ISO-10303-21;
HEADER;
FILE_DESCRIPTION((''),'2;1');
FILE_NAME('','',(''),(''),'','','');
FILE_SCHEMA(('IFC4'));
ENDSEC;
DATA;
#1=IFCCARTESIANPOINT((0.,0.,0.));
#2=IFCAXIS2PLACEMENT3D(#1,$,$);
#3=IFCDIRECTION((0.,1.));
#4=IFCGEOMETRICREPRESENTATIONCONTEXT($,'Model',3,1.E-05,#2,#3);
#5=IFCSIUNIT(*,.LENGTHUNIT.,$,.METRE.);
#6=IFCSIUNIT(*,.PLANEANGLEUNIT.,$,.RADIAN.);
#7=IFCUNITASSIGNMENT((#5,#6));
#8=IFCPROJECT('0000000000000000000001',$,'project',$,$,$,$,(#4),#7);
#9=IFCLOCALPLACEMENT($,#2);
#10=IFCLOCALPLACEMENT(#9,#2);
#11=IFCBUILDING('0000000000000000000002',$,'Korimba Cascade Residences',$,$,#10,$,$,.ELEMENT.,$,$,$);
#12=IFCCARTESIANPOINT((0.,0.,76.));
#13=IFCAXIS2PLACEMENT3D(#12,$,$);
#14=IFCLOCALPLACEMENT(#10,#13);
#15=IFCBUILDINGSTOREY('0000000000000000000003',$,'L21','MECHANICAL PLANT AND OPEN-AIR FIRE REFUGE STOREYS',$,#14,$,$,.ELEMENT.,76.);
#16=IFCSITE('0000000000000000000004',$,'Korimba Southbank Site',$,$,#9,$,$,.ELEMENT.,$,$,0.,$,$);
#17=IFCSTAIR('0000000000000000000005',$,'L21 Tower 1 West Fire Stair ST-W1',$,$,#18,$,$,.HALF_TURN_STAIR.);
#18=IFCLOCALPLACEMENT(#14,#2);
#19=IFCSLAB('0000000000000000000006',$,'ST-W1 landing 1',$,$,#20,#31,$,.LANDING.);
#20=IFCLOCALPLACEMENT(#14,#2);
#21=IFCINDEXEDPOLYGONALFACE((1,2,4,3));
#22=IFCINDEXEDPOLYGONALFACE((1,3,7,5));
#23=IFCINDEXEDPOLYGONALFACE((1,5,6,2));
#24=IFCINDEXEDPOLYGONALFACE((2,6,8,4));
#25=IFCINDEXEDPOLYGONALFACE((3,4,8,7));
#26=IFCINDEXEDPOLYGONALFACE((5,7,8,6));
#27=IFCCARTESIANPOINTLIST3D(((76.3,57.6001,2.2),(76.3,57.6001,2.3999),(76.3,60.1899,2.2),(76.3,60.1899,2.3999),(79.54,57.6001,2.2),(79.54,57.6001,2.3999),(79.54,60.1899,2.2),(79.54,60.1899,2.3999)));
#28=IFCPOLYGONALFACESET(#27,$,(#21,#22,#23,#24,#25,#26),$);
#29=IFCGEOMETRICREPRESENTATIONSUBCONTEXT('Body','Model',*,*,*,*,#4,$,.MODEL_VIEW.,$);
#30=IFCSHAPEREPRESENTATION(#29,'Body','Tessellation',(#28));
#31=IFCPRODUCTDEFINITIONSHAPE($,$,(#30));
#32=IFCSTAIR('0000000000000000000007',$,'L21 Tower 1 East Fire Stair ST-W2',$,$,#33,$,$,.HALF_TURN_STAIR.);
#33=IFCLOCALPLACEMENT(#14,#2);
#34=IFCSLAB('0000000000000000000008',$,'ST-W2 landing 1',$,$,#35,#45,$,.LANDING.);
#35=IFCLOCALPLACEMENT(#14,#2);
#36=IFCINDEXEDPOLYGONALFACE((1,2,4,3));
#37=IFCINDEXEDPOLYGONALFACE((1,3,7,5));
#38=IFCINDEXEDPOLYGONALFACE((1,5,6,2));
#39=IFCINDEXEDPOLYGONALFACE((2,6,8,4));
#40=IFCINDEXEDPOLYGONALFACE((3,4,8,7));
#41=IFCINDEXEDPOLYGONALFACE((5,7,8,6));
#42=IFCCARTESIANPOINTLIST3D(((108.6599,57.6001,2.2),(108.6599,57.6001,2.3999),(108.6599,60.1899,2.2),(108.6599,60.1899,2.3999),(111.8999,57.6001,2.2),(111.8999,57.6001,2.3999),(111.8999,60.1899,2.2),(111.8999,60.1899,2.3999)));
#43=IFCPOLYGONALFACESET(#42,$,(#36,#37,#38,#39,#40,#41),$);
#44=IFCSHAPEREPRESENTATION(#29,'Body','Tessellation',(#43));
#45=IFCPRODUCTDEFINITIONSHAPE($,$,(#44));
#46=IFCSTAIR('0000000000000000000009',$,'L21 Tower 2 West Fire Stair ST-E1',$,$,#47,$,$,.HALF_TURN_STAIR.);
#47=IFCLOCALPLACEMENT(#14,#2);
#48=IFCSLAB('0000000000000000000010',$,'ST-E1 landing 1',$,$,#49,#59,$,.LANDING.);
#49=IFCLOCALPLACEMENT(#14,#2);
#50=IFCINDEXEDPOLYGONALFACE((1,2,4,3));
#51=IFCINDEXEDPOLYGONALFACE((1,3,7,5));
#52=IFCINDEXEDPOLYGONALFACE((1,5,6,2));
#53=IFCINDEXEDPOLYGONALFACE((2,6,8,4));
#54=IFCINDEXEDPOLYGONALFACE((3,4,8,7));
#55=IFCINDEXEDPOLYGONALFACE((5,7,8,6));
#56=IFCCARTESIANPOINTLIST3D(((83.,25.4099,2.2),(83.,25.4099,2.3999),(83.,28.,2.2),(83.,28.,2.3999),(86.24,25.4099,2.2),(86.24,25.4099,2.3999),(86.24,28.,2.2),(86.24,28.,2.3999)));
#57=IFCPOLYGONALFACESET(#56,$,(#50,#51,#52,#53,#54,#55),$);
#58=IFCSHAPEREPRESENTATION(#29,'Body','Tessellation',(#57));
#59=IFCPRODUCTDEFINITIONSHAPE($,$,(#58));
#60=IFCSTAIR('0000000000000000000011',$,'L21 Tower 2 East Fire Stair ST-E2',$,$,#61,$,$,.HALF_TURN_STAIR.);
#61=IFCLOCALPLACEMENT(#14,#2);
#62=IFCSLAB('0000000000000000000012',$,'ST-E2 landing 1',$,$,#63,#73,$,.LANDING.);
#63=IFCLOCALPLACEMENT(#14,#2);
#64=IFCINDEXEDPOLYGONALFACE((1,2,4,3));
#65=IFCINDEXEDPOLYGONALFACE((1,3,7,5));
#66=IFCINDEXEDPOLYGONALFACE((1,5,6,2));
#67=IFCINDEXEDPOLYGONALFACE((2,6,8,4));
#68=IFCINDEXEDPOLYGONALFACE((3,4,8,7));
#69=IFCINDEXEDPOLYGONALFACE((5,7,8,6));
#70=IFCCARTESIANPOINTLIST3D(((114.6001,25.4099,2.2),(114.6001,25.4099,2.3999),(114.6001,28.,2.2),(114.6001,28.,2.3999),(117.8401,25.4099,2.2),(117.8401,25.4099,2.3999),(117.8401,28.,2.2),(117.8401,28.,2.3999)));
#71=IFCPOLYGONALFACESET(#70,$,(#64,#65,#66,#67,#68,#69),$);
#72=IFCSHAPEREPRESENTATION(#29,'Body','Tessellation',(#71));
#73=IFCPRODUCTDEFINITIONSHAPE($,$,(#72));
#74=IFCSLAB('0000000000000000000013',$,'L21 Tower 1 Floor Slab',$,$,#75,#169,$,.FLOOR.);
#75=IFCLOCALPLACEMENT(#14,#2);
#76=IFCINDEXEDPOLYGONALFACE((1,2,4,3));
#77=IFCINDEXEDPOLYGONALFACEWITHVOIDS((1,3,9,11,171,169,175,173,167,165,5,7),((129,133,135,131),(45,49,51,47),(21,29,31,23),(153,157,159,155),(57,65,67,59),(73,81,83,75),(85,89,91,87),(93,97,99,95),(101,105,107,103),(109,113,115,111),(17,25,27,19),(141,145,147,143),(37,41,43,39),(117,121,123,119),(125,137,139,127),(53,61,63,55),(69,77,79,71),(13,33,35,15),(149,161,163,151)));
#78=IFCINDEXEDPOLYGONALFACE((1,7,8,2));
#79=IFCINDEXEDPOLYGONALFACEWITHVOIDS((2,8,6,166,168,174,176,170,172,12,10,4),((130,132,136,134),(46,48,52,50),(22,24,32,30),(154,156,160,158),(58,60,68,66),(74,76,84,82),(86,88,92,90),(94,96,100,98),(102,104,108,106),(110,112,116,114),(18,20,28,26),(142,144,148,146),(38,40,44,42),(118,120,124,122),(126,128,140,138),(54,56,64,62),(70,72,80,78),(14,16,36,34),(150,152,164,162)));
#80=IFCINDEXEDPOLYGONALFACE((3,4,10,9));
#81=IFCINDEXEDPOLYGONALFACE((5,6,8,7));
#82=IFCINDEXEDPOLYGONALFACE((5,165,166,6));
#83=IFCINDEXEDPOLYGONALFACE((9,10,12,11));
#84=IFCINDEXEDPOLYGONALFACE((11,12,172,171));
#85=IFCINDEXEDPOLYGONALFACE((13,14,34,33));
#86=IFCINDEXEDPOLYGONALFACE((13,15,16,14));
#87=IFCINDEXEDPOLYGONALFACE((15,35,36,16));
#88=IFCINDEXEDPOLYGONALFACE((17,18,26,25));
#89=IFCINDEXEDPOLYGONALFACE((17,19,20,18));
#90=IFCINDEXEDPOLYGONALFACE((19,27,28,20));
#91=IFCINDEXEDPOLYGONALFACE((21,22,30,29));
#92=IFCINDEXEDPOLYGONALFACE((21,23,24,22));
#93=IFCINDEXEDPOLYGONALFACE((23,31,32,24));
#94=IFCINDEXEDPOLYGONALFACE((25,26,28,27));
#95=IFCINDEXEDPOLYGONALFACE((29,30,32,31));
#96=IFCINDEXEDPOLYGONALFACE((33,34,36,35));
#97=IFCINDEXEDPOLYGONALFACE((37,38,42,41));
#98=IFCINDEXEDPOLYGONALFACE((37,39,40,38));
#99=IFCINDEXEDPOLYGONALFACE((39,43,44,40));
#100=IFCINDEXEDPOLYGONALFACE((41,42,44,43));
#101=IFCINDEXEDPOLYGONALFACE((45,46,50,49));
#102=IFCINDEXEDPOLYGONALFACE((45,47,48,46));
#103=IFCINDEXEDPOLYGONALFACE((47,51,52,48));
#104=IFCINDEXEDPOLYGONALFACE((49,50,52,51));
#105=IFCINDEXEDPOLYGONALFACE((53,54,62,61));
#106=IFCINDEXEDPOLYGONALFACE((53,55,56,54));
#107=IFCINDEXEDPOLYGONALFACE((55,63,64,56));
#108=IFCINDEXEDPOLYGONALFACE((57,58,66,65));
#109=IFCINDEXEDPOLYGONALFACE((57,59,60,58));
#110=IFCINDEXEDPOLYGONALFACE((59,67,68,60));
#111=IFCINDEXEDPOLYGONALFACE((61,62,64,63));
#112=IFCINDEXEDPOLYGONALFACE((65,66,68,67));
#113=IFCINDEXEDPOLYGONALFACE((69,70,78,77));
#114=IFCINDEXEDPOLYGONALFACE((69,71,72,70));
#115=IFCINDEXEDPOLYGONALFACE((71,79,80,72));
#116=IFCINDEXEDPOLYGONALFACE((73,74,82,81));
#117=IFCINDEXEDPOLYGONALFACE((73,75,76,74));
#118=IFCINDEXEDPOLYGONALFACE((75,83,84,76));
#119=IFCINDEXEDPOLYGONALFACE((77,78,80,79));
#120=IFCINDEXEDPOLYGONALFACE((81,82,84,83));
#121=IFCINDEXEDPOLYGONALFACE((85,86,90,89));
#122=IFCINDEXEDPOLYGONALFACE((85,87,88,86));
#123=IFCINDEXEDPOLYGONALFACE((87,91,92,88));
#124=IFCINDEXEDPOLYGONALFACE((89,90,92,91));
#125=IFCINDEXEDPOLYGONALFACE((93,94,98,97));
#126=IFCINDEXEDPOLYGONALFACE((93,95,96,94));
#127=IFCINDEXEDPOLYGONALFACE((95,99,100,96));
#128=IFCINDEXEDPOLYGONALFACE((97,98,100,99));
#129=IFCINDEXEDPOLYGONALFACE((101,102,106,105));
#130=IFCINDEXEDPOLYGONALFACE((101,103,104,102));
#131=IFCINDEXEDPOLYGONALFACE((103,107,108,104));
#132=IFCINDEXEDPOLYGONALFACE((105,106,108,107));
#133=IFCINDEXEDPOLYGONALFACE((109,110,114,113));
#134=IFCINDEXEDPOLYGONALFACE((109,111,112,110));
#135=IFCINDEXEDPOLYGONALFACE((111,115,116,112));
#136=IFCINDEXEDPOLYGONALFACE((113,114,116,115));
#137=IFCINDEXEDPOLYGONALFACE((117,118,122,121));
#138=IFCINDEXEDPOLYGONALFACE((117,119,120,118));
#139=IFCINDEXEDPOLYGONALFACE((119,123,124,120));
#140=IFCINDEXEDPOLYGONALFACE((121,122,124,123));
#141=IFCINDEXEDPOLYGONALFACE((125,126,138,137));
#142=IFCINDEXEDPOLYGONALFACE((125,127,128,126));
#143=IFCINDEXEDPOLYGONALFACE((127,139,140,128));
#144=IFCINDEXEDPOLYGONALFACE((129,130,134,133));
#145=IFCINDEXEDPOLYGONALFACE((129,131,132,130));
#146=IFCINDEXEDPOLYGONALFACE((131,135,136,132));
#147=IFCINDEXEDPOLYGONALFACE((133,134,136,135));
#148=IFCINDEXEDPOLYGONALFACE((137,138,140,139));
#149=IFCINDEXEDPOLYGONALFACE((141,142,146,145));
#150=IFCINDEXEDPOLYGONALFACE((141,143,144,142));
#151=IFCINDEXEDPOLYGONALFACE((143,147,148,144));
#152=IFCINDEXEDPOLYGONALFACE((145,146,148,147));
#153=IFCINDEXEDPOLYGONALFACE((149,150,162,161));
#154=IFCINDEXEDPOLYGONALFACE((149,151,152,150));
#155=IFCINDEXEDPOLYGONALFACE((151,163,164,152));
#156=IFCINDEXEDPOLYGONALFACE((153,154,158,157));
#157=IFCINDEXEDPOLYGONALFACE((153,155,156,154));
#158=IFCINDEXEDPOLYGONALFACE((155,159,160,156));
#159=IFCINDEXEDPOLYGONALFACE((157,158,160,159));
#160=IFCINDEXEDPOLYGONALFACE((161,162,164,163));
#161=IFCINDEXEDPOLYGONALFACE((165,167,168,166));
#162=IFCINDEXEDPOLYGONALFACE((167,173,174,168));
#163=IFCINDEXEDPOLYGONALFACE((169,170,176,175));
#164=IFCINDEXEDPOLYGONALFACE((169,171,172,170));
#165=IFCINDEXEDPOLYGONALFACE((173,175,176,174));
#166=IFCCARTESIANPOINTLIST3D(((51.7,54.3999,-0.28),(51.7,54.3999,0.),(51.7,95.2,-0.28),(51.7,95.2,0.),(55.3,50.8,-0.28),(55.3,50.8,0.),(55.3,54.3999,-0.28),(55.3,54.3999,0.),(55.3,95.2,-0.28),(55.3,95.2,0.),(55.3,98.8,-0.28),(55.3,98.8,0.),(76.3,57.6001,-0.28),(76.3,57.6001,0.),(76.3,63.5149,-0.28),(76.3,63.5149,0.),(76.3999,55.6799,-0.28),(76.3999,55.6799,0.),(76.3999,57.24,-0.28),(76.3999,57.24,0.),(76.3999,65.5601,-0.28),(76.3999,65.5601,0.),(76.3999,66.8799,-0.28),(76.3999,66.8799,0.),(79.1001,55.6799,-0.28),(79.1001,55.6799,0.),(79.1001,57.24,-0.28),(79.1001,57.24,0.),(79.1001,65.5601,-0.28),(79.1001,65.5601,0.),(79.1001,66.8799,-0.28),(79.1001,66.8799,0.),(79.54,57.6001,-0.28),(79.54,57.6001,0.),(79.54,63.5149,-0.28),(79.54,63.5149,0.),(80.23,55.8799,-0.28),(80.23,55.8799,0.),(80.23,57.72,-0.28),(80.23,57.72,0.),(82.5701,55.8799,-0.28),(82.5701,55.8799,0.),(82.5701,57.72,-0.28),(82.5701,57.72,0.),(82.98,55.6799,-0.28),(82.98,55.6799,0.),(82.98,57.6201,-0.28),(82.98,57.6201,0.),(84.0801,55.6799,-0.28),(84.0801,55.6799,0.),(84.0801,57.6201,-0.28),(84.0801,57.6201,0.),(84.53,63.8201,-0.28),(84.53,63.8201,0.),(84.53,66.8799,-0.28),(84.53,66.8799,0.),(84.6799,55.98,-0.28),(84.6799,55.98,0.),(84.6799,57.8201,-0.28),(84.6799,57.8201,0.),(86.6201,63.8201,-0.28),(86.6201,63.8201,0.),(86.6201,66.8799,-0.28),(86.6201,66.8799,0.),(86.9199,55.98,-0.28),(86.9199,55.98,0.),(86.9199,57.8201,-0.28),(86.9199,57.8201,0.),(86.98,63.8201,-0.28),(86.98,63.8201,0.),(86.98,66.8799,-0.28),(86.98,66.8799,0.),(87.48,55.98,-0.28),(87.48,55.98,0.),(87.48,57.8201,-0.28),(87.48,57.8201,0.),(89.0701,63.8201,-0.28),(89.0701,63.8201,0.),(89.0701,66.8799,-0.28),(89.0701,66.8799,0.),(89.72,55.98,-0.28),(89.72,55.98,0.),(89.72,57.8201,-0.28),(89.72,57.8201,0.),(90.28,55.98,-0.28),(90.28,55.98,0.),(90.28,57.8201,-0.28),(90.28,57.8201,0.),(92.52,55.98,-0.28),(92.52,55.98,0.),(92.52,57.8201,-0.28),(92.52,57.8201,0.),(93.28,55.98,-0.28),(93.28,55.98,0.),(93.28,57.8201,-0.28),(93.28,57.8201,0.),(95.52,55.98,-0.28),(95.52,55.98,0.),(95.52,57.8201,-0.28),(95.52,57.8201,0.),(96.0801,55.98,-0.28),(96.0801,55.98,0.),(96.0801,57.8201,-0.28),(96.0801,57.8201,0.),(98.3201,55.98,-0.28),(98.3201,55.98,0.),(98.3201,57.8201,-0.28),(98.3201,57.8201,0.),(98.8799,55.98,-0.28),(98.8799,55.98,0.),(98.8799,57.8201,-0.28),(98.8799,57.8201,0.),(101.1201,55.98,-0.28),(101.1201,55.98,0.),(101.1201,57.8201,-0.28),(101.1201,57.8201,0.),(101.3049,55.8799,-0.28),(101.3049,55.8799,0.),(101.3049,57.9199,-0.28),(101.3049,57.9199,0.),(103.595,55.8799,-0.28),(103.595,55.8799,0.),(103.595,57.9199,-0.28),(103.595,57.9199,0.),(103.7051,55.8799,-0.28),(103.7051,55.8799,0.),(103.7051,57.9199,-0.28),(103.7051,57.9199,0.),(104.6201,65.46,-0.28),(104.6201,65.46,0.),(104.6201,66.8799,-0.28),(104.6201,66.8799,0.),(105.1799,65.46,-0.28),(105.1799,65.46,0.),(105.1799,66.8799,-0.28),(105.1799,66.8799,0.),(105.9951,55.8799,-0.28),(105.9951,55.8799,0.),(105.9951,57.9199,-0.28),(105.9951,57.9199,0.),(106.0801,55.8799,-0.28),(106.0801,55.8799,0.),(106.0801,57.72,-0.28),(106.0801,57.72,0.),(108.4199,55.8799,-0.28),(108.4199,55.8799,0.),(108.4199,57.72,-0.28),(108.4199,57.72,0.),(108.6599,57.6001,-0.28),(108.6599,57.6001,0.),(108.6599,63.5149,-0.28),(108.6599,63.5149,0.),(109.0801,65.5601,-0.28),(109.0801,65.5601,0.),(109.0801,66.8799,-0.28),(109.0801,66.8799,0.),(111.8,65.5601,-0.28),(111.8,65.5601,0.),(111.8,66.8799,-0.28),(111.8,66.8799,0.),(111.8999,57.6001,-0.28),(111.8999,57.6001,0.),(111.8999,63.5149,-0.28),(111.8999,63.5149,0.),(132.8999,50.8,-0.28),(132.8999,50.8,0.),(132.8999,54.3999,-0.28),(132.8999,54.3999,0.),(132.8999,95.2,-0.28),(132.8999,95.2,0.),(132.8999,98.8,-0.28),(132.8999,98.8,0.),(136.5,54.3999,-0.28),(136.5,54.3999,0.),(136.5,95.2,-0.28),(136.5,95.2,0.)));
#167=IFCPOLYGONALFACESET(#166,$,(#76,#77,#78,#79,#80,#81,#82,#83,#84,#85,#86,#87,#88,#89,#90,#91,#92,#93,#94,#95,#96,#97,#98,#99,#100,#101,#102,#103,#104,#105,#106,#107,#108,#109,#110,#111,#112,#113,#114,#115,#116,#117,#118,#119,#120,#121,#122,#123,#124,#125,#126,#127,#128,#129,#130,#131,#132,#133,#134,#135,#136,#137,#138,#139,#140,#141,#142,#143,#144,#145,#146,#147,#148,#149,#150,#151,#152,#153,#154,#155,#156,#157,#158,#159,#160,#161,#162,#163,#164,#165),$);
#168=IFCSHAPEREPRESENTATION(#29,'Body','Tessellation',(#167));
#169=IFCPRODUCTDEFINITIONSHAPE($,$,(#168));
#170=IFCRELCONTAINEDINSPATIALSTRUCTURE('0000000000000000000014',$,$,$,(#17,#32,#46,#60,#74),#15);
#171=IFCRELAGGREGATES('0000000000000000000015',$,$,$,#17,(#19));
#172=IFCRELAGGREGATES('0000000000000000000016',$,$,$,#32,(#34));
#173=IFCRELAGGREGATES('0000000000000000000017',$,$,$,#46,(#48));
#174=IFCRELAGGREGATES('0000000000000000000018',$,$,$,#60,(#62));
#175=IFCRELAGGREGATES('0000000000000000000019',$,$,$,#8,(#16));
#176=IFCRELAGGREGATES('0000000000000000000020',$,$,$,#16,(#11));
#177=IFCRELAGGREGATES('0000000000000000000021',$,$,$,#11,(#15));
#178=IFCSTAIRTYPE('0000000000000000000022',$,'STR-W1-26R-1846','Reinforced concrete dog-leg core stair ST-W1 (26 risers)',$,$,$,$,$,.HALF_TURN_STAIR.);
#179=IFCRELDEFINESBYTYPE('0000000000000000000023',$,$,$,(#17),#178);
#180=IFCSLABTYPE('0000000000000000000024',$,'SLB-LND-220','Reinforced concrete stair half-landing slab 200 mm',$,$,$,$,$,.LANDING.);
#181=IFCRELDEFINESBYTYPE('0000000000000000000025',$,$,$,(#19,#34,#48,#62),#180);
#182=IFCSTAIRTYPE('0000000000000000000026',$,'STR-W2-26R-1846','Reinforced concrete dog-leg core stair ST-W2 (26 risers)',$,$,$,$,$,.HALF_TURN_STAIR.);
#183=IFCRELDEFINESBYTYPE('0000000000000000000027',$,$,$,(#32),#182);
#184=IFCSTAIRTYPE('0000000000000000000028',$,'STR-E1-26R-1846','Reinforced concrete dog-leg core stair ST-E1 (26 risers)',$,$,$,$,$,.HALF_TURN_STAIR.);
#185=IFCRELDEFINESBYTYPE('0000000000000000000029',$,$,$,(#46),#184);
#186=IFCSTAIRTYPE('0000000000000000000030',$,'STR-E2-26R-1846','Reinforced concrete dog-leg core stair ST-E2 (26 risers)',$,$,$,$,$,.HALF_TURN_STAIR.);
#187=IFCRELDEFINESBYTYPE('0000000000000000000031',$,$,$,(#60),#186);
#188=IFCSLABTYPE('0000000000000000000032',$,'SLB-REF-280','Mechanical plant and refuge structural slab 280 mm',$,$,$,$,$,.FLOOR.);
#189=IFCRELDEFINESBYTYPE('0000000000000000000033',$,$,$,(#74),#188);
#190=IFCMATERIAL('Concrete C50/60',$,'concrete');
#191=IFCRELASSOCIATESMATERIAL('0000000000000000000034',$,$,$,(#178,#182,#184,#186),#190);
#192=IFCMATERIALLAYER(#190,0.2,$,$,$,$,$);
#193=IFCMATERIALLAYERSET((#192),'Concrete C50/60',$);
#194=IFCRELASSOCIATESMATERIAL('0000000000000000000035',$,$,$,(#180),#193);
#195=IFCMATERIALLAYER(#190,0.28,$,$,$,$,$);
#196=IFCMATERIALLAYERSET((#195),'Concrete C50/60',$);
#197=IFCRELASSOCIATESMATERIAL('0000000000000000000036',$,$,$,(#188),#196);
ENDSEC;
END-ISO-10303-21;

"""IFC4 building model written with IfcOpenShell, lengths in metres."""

from ifc_helpers import new_model, si_unit, direction, frame, origin, place, context, subcontext, project, spatial, polyline, outline, extrude, material, layer, layer_set, type_object, element, aggregate, save


model = new_model("IFC4")

# Units and contexts
model_context = context("Model", 3, precision=1e-05, world=origin(), true_north=direction((0.0, 1.0)))
body_context = subcontext(model_context, "Body", "Model", "MODEL_VIEW")
ifc_project = project(units=[si_unit("LENGTHUNIT", "METRE"), si_unit("PLANEANGLEUNIT", "RADIAN")], contexts=[model_context])

# Site, building, storey
site_placement = place(None, origin())
site = spatial("IfcSite", under=ifc_project, at=site_placement, Name="Korimba Southbank Site", CompositionType="ELEMENT", RefElevation=0.0)
building_placement = place(site_placement, origin())
building = spatial("IfcBuilding", under=site, at=building_placement, Name="Korimba Cascade Residences", CompositionType="ELEMENT")
storey_placement = place(building_placement, frame((0.0, 0.0, 76.0)))
storey = spatial("IfcBuildingStorey", under=building, at=storey_placement, Name="L21", Description="MECHANICAL PLANT AND OPEN-AIR FIRE REFUGE STOREYS", CompositionType="ELEMENT", Elevation=76.0)

# Stairs, slabs
ifc_material_1 = material(Name="Concrete C50/60", Category="concrete")
stair_type_1 = type_object("IfcStairType", Name="STR-W1-26R-1846", Description="Reinforced concrete dog-leg core stair ST-W1 (26 risers)", PredefinedType="HALF_TURN_STAIR", material=ifc_material_1)
stair_1_placement = place(storey_placement, origin())
stair_1 = element("IfcStair", 1, at=stair_1_placement, inside=storey, type_object=stair_type_1, Name="L21 Tower 1 West Fire Stair ST-W1", PredefinedType="HALF_TURN_STAIR")
ifc_layer_1 = layer(ifc_material_1, 0.2)
ifc_layer_set_1 = layer_set([ifc_layer_1], Name="Concrete C50/60")
slab_type_1 = type_object("IfcSlabType", Name="SLB-LND-220", Description="Reinforced concrete stair half-landing slab 200 mm", PredefinedType="LANDING", material=ifc_layer_set_1)
slab_1_placement = place(storey_placement, frame((0.0, 0.0, 2.2)))
slab_1 = element("IfcSlab", 2, at=slab_1_placement, type_object=slab_type_1, Name="ST-W1 landing 1", PredefinedType="LANDING", context=body_context, shape_type="SweptSolid", body=[
    extrude(outline(polyline([(76.3, 60.1899), (76.3, 57.6001), (79.54, 57.6001), (79.54, 60.1899), (76.3, 60.1899)])), origin(), (0.0, 0.0, 1.0), 0.2),
])
aggregate(stair_1, [slab_1])
stair_type_2 = type_object("IfcStairType", Name="STR-W2-26R-1846", Description="Reinforced concrete dog-leg core stair ST-W2 (26 risers)", PredefinedType="HALF_TURN_STAIR", material=ifc_material_1)
stair_2_placement = place(storey_placement, origin())
stair_2 = element("IfcStair", 3, at=stair_2_placement, inside=storey, type_object=stair_type_2, Name="L21 Tower 1 East Fire Stair ST-W2", PredefinedType="HALF_TURN_STAIR")
slab_2_placement = place(storey_placement, frame((0.0, 0.0, 2.2)))
slab_2 = element("IfcSlab", 4, at=slab_2_placement, type_object=slab_type_1, Name="ST-W2 landing 1", PredefinedType="LANDING", context=body_context, shape_type="SweptSolid", body=[
    extrude(outline(polyline([(108.6599, 60.1899), (108.6599, 57.6001), (111.8999, 57.6001), (111.8999, 60.1899), (108.6599, 60.1899)])), origin(), (0.0, 0.0, 1.0), 0.2),
])
aggregate(stair_2, [slab_2])
stair_type_3 = type_object("IfcStairType", Name="STR-E1-26R-1846", Description="Reinforced concrete dog-leg core stair ST-E1 (26 risers)", PredefinedType="HALF_TURN_STAIR", material=ifc_material_1)
stair_3_placement = place(storey_placement, origin())
stair_3 = element("IfcStair", 5, at=stair_3_placement, inside=storey, type_object=stair_type_3, Name="L21 Tower 2 West Fire Stair ST-E1", PredefinedType="HALF_TURN_STAIR")
slab_3_placement = place(storey_placement, frame((0.0, 0.0, 2.2)))
slab_3 = element("IfcSlab", 6, at=slab_3_placement, type_object=slab_type_1, Name="ST-E1 landing 1", PredefinedType="LANDING", context=body_context, shape_type="SweptSolid", body=[
    extrude(outline(polyline([(86.24, 25.4099), (86.24, 28.0), (83.0, 28.0), (83.0, 25.4099), (86.24, 25.4099)])), origin(), (0.0, 0.0, 1.0), 0.2),
])
aggregate(stair_3, [slab_3])
stair_type_4 = type_object("IfcStairType", Name="STR-E2-26R-1846", Description="Reinforced concrete dog-leg core stair ST-E2 (26 risers)", PredefinedType="HALF_TURN_STAIR", material=ifc_material_1)
stair_4_placement = place(storey_placement, origin())
stair_4 = element("IfcStair", 7, at=stair_4_placement, inside=storey, type_object=stair_type_4, Name="L21 Tower 2 East Fire Stair ST-E2", PredefinedType="HALF_TURN_STAIR")
slab_4_placement = place(storey_placement, frame((0.0, 0.0, 2.2)))
slab_4 = element("IfcSlab", 8, at=slab_4_placement, type_object=slab_type_1, Name="ST-E2 landing 1", PredefinedType="LANDING", context=body_context, shape_type="SweptSolid", body=[
    extrude(outline(polyline([(117.8401, 25.4099), (117.8401, 28.0), (114.6001, 28.0), (114.6001, 25.4099), (117.8401, 25.4099)])), origin(), (0.0, 0.0, 1.0), 0.2),
])
aggregate(stair_4, [slab_4])

# Slab
ifc_layer_2 = layer(ifc_material_1, 0.28)
ifc_layer_set_2 = layer_set([ifc_layer_2], Name="Concrete C50/60")
slab_type_2 = type_object("IfcSlabType", Name="SLB-REF-280", Description="Mechanical plant and refuge structural slab 280 mm", PredefinedType="FLOOR", material=ifc_layer_set_2)
slab_5_placement = place(storey_placement, frame((0.0, 0.0, -0.28)))
element("IfcSlab", 9, at=slab_5_placement, inside=storey, type_object=slab_type_2, Name="L21 Tower 1 Floor Slab", PredefinedType="FLOOR", context=body_context, shape_type="SweptSolid", body=[
    extrude(outline(polyline([(55.3, 50.8), (132.8999, 50.8), (132.8999, 54.3999), (136.5, 54.3999), (136.5, 95.2), (132.8999, 95.2), (132.8999, 98.8), (55.3, 98.8), (55.3, 95.2), (51.7, 95.2), (51.7, 54.3999), (55.3, 54.3999), (55.3, 50.8)]), holes=[polyline([(76.3, 63.5149), (76.3, 57.6001), (79.54, 57.6001), (79.54, 63.5149), (76.3, 63.5149)]), polyline([(108.6599, 63.5149), (108.6599, 57.6001), (111.8999, 57.6001), (111.8999, 63.5149), (108.6599, 63.5149)]), polyline([(80.23, 55.8799), (82.5701, 55.8799), (82.5701, 57.72), (80.23, 57.72), (80.23, 55.8799)]), polyline([(106.0801, 55.8799), (108.4199, 55.8799), (108.4199, 57.72), (106.0801, 57.72), (106.0801, 55.8799)]), polyline([(84.6799, 55.98), (86.9199, 55.98), (86.9199, 57.8201), (84.6799, 57.8201), (84.6799, 55.98)]), polyline([(87.48, 55.98), (89.72, 55.98), (89.72, 57.8201), (87.48, 57.8201), (87.48, 55.98)]), polyline([(90.28, 55.98), (92.52, 55.98), (92.52, 57.8201), (90.28, 57.8201), (90.28, 55.98)]), polyline([(93.28, 55.98), (95.52, 55.98), (95.52, 57.8201), (93.28, 57.8201), (93.28, 55.98)]), polyline([(96.0801, 55.98), (98.3201, 55.98), (98.3201, 57.8201), (96.0801, 57.8201), (96.0801, 55.98)]), polyline([(98.8799, 55.98), (101.1201, 55.98), (101.1201, 57.8201), (98.8799, 57.8201), (98.8799, 55.98)]), polyline([(101.3049, 55.8799), (103.595, 55.8799), (103.595, 57.9199), (101.3049, 57.9199), (101.3049, 55.8799)]), polyline([(103.7051, 55.8799), (105.9951, 55.8799), (105.9951, 57.9199), (103.7051, 57.9199), (103.7051, 55.8799)]), polyline([(82.98, 55.6799), (84.0801, 55.6799), (84.0801, 57.6201), (82.98, 57.6201), (82.98, 55.6799)]), polyline([(76.3999, 65.5601), (79.1001, 65.5601), (79.1001, 66.8799), (76.3999, 66.8799), (76.3999, 65.5601)]), polyline([(76.3999, 55.6799), (79.1001, 55.6799), (79.1001, 57.24), (76.3999, 57.24), (76.3999, 55.6799)]), polyline([(84.53, 63.8201), (86.6201, 63.8201), (86.6201, 66.8799), (84.53, 66.8799), (84.53, 63.8201)]), polyline([(86.98, 63.8201), (89.0701, 63.8201), (89.0701, 66.8799), (86.98, 66.8799), (86.98, 63.8201)]), polyline([(104.6201, 65.46), (105.1799, 65.46), (105.1799, 66.8799), (104.6201, 66.8799), (104.6201, 65.46)]), polyline([(109.0801, 65.5601), (111.8, 65.5601), (111.8, 66.8799), (109.0801, 66.8799), (109.0801, 65.5601)])]), origin(), (0.0, 0.0, 1.0), 0.28),
])

save(model, "model.ifc")
